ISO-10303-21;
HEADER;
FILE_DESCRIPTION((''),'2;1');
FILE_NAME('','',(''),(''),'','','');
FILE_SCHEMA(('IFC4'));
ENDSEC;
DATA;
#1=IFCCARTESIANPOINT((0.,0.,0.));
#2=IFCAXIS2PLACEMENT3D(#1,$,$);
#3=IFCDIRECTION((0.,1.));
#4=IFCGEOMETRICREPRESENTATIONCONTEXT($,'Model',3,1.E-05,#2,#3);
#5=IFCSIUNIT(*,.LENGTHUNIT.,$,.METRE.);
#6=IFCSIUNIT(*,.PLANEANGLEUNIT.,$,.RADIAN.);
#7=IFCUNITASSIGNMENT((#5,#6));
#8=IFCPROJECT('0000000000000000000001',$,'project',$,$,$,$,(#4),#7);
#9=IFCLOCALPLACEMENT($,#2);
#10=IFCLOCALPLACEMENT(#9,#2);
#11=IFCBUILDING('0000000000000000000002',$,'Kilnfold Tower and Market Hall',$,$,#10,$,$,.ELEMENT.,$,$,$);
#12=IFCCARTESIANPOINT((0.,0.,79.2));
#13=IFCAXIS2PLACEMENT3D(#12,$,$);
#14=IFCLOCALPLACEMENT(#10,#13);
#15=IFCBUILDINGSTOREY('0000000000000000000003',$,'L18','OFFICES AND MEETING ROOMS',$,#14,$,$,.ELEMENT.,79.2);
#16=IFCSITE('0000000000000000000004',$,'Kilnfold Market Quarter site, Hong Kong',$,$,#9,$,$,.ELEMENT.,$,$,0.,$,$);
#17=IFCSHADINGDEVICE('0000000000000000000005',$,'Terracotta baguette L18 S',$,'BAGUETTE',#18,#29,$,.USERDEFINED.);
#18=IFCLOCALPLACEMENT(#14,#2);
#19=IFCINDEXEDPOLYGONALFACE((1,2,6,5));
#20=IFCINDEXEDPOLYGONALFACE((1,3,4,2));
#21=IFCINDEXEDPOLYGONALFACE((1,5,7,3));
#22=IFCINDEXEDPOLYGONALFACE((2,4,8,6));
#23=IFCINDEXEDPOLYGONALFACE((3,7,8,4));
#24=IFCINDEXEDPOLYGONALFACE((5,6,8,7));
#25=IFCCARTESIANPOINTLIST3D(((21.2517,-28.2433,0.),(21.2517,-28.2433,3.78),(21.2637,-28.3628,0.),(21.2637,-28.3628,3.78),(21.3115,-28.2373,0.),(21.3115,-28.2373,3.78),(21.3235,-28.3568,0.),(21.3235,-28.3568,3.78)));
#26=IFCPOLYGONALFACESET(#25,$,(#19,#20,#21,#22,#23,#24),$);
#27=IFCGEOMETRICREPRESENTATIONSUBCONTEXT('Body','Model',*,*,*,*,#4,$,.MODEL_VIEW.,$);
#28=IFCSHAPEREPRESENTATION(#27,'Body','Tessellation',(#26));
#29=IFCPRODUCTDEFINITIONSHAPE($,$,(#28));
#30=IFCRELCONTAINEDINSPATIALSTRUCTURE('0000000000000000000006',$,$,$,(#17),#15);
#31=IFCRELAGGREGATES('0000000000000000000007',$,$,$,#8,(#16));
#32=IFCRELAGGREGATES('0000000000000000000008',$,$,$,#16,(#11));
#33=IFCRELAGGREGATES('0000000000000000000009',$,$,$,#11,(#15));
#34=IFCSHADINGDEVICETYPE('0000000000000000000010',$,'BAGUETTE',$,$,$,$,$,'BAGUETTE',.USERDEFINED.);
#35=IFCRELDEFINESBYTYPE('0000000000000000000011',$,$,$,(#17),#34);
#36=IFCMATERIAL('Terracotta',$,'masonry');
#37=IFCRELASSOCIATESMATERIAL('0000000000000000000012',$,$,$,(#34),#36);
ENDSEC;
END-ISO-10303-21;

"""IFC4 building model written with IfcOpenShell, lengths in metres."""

from ifc_helpers import new_model, si_unit, direction, frame, origin, origin_2d, place, context, subcontext, project, spatial, rectangle, extrude, source, transform, mapped, material, material_profile, profile_set, type_object, element, save


model = new_model("IFC4")

# Units and contexts
model_context = context("Model", 3, precision=1e-05, world=origin(), true_north=direction((0.0, 1.0)))
body_context = subcontext(model_context, "Body", "Model", "MODEL_VIEW")
ifc_project = project(units=[si_unit("LENGTHUNIT", "METRE"), si_unit("PLANEANGLEUNIT", "RADIAN")], contexts=[model_context])

# Site, building, storey
site_placement = place(None, origin())
site = spatial("IfcSite", under=ifc_project, at=site_placement, Name="Kilnfold Market Quarter site, Hong Kong", CompositionType="ELEMENT", RefElevation=0.0)
building_placement = place(site_placement, origin())
building = spatial("IfcBuilding", under=site, at=building_placement, Name="Kilnfold Tower and Market Hall", CompositionType="ELEMENT")
storey_placement = place(building_placement, frame((0.0, 0.0, 79.2)))
storey = spatial("IfcBuildingStorey", under=building, at=storey_placement, Name="L18", Description="OFFICES AND MEETING ROOMS", CompositionType="ELEMENT", Elevation=79.2)

# Shading device
ifc_material_1 = material(Name="Terracotta", Category="masonry")
ifc_material_profile_1 = material_profile(ifc_material_1, rectangle(XDim=0.0601, YDim=0.1201, at=origin_2d()), Name="BAG 60x120")
ifc_profile_set_1 = profile_set([ifc_material_profile_1], Name="Terracotta")
shading_device_type = type_object("IfcShadingDeviceType", Name="BAGUETTE", ElementType="BAGUETTE", PredefinedType="USERDEFINED", material=ifc_profile_set_1)
shared_shape_1 = source(origin(), body_context, "Body", "SweptSolid", [
    extrude(rectangle(XDim=0.0601, YDim=0.1201, at=origin_2d()), origin(), (0.0, 0.0, 1.0), 3.78),
])
for number, where, z_axis, x_axis, name in (
    (1, (21.2876, -28.3, 0.0), (0.0, 0.0, 1.0), (0.995032, 0.099558, 0.0), "Terracotta baguette L18 S"),
):
    element("IfcShadingDevice", number, at=place(storey_placement, frame(where, z_axis=z_axis, x_axis=x_axis)), inside=storey, type_object=shading_device_type, Name=name, ObjectType="BAGUETTE", PredefinedType="USERDEFINED", context=body_context, shape_type="MappedRepresentation", body=[
        mapped(shared_shape_1, transform((0.0, 0.0, 0.0))),
    ])

save(model, "model.ifc")
